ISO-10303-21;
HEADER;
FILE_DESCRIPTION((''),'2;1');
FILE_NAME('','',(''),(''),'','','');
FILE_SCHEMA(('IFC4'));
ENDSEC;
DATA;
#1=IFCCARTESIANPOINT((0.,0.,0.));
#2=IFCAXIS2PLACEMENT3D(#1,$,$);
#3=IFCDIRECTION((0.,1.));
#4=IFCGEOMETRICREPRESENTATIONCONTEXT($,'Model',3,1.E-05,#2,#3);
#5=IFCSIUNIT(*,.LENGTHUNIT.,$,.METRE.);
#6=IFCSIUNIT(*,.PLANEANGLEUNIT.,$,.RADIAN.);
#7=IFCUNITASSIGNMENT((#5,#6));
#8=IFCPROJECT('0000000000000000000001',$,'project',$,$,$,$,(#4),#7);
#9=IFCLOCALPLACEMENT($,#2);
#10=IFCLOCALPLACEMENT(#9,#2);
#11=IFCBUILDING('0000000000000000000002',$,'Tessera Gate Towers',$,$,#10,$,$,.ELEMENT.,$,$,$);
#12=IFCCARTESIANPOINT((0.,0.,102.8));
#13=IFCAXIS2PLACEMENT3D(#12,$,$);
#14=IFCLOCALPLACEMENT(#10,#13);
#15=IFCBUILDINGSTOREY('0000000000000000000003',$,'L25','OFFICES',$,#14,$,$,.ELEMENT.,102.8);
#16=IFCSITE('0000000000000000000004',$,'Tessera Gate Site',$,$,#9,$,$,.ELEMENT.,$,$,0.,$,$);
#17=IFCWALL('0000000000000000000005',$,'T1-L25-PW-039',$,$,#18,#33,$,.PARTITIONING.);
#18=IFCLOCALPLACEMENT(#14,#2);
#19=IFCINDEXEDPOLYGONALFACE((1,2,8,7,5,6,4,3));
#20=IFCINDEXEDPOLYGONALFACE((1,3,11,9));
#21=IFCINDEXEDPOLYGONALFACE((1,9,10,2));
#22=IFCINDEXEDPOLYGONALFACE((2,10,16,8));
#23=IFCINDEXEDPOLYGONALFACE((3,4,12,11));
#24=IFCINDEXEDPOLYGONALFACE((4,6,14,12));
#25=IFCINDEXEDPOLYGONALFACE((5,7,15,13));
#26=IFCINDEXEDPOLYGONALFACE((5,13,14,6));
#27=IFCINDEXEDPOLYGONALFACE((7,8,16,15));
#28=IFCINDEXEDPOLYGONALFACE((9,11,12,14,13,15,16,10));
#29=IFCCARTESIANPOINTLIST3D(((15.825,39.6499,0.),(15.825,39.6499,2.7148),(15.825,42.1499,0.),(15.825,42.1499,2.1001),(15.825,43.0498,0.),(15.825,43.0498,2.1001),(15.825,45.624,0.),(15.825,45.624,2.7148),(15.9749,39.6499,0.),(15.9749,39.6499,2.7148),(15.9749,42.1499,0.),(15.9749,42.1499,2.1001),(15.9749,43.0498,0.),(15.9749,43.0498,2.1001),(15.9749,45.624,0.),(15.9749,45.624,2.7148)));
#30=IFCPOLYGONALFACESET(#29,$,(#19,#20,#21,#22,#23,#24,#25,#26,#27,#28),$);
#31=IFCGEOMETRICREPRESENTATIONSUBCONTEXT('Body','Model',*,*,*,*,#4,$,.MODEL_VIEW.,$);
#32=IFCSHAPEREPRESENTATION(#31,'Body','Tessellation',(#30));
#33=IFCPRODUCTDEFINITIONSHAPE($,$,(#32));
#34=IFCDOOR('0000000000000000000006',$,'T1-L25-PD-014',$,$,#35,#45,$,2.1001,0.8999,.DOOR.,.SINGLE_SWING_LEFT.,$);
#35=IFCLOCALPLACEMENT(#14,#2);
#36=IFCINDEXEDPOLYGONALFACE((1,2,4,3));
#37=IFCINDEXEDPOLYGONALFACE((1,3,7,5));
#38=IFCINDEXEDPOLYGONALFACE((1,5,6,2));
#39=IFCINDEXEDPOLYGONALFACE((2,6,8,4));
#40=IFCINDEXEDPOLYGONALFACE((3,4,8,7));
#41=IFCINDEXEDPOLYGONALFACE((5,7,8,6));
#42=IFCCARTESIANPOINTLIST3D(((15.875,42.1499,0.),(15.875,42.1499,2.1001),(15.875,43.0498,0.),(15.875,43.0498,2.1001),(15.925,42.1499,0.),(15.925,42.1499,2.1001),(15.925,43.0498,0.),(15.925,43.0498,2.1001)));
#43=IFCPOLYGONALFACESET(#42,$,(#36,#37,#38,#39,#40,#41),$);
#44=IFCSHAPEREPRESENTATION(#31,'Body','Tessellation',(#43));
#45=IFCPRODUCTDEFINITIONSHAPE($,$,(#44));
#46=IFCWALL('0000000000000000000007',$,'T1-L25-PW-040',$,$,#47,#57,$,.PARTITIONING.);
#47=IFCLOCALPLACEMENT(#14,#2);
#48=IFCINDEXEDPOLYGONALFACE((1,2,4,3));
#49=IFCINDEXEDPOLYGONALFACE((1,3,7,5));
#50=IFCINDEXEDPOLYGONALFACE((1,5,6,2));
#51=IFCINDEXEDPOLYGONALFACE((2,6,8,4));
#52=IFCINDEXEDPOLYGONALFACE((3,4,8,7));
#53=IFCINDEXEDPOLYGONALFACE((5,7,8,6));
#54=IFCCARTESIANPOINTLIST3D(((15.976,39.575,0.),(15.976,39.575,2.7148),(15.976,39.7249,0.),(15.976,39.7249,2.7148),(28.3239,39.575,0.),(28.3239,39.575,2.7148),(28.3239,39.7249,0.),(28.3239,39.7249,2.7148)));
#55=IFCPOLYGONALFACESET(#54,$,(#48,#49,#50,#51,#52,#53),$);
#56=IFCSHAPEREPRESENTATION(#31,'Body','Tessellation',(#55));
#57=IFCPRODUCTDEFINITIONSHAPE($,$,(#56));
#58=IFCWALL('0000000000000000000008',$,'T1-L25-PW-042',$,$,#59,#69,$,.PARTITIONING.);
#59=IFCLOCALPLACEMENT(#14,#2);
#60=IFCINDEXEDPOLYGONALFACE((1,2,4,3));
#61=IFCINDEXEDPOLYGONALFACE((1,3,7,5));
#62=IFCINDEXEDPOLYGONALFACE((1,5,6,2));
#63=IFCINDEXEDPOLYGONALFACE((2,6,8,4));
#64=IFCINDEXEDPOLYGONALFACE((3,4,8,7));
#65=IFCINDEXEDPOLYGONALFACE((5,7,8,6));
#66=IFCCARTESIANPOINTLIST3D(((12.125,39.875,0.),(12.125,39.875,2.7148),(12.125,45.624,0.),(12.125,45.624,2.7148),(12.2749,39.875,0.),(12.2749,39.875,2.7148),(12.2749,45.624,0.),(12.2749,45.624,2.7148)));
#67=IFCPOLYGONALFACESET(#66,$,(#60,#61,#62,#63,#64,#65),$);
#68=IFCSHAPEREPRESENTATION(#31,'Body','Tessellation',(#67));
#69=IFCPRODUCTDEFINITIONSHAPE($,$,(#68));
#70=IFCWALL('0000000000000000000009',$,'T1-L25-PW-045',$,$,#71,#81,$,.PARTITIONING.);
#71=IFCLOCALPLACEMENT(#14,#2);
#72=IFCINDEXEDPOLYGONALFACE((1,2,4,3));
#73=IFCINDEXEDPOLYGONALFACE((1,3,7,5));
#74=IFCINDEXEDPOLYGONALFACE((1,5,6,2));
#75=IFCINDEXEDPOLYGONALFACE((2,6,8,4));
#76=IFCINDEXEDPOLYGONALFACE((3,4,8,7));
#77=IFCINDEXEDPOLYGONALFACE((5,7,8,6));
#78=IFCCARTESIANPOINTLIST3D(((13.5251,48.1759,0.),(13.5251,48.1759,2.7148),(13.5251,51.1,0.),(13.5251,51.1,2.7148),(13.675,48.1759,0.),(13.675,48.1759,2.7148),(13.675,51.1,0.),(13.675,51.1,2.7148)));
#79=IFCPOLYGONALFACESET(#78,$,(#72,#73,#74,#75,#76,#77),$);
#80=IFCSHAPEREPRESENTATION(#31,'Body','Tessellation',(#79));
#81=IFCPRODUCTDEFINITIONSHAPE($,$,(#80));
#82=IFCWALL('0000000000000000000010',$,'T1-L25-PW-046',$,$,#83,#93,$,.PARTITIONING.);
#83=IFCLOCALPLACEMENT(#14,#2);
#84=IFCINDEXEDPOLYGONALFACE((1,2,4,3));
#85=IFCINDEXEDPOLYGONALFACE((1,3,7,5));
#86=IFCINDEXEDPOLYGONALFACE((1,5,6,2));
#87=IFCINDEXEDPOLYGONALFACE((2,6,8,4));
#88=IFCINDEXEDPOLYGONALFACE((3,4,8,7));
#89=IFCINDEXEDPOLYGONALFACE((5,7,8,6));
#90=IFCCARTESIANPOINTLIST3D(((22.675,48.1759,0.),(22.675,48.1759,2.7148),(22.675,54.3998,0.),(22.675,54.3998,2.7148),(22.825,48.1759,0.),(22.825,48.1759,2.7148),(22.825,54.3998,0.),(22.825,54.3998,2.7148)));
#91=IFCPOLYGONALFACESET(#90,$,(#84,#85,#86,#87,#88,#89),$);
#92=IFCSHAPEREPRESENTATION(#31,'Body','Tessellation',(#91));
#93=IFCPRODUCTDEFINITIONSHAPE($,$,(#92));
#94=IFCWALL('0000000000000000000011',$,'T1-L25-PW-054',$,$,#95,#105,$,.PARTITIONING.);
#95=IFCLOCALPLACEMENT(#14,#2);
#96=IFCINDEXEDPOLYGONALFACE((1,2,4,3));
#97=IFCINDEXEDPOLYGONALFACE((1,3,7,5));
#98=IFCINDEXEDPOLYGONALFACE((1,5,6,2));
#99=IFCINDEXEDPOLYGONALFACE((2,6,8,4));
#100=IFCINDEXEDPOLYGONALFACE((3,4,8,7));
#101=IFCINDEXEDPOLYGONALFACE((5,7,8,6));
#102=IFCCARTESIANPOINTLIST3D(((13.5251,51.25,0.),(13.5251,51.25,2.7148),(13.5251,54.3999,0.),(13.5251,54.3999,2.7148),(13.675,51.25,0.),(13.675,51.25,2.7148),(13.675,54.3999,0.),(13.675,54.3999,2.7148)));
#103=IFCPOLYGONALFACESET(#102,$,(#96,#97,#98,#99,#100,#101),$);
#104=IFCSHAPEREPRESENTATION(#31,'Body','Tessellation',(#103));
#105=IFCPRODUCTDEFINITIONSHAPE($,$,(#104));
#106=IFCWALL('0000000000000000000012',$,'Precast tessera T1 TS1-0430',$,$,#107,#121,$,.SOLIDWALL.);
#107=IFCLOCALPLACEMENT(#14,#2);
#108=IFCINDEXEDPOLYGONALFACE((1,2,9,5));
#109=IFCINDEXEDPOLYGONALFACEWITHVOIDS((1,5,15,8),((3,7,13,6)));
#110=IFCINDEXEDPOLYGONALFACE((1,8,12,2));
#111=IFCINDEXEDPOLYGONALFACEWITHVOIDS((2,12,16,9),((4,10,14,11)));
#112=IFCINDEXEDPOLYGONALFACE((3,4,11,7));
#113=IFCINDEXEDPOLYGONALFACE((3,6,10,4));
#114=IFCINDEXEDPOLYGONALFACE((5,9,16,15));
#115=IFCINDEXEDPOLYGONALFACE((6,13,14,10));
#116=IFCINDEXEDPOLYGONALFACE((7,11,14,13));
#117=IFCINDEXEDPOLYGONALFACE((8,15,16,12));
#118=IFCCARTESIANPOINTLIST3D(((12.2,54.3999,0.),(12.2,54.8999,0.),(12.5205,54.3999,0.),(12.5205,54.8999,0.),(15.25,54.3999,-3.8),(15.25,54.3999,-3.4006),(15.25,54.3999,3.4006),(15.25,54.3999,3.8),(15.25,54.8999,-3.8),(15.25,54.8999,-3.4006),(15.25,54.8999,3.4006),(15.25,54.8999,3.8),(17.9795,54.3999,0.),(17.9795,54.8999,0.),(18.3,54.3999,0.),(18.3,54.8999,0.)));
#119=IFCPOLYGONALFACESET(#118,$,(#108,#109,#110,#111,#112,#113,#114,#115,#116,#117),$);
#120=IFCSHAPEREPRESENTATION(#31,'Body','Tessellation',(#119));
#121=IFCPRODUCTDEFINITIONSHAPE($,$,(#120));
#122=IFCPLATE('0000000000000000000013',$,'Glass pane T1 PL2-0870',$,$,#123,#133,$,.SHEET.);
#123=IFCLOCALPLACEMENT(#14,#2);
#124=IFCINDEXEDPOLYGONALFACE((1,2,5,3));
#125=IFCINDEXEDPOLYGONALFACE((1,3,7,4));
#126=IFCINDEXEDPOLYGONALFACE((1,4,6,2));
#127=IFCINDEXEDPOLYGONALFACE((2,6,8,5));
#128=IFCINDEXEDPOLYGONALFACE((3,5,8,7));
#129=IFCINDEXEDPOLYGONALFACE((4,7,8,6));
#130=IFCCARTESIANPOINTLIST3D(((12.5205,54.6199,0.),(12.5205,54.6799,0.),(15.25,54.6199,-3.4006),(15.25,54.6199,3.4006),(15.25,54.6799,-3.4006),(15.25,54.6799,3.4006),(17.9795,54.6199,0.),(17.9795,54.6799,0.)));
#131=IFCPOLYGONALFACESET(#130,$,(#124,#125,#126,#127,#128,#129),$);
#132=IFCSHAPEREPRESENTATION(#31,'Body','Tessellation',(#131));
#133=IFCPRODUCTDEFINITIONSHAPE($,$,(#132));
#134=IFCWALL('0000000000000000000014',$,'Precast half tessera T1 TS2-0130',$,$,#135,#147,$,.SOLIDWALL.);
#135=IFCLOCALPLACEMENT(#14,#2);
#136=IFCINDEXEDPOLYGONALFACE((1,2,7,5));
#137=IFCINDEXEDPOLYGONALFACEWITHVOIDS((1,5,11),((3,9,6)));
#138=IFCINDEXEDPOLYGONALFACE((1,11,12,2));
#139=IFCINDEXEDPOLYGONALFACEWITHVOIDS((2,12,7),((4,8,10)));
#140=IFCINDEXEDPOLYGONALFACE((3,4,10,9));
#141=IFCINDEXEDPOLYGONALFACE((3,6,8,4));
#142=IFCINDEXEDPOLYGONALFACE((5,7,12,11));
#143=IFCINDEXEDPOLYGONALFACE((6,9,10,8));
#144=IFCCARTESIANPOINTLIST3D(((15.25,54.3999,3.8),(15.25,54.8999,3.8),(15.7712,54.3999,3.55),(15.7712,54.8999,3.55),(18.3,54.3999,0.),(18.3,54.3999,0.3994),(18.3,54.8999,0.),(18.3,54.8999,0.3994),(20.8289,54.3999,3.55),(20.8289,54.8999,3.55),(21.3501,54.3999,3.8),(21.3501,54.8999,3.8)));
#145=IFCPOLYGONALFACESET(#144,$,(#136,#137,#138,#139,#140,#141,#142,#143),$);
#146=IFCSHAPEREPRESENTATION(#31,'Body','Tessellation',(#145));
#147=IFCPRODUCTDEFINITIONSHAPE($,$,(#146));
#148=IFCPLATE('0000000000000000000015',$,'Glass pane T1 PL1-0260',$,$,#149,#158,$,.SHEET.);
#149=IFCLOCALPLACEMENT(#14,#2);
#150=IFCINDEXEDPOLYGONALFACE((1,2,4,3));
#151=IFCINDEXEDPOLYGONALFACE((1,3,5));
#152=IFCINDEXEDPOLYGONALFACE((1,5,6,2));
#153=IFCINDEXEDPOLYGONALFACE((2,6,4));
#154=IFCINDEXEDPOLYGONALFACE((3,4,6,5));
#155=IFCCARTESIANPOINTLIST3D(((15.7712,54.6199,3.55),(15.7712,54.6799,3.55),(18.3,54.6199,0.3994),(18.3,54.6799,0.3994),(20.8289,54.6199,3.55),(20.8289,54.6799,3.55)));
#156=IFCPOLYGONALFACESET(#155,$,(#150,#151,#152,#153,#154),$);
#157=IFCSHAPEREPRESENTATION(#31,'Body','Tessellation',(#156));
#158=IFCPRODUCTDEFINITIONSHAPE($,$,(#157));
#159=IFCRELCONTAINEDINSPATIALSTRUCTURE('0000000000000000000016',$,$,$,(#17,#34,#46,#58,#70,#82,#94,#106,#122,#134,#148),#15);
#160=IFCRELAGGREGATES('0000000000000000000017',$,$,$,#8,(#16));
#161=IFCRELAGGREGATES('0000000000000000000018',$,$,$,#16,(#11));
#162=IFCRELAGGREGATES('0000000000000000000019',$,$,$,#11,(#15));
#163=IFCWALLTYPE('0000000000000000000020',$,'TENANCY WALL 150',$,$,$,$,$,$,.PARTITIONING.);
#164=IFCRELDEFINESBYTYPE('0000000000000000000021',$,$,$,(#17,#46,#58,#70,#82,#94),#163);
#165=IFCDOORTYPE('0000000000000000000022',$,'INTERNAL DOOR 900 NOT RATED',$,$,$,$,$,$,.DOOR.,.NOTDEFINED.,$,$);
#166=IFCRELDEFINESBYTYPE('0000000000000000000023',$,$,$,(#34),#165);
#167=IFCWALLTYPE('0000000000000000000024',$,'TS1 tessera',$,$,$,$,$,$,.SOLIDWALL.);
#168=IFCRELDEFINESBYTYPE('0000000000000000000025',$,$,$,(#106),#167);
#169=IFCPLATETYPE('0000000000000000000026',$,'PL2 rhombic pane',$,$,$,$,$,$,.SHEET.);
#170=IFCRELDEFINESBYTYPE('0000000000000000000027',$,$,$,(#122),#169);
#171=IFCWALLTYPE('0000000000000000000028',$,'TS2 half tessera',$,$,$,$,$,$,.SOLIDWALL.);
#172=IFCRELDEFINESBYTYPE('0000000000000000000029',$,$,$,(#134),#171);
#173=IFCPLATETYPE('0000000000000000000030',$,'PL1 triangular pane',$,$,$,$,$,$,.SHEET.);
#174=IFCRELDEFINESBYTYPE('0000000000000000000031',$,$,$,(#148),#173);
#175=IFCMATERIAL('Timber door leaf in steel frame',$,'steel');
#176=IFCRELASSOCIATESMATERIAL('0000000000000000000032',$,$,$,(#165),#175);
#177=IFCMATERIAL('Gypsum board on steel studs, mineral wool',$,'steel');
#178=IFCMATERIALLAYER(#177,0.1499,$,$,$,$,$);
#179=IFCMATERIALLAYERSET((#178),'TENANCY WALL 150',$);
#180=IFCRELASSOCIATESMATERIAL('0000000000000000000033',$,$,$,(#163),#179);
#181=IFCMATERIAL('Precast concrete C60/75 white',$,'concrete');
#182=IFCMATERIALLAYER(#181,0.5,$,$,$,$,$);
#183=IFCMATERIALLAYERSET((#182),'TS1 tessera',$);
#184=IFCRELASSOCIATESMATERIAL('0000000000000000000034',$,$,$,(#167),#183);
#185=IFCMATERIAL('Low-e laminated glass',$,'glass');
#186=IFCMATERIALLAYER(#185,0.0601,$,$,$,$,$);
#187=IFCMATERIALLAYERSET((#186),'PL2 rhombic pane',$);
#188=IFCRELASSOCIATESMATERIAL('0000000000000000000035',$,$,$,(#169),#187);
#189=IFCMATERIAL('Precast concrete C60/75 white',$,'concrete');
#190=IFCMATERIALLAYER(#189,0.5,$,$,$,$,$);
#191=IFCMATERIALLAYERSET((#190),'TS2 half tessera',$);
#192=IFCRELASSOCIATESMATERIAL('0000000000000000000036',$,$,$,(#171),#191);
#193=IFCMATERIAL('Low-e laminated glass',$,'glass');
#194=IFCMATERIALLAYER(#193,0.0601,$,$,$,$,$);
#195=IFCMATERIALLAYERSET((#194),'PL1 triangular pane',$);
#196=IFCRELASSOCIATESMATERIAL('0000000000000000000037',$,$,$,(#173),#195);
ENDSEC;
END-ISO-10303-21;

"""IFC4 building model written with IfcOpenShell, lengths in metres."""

from ifc_helpers import new_model, si_unit, direction, frame, frame_2d, origin, place, context, subcontext, project, spatial, polyline, rectangle, outline, extrude, source, transform, mapped, material, layer, layer_set, type_object, element, fill, save


model = new_model("IFC4")

# Units and contexts
model_context = context("Model", 3, precision=1e-05, world=origin(), true_north=direction((0.0, 1.0)))
body_context = subcontext(model_context, "Body", "Model", "MODEL_VIEW")
ifc_project = project(units=[si_unit("LENGTHUNIT", "METRE"), si_unit("PLANEANGLEUNIT", "RADIAN")], contexts=[model_context])

# Site, building, storey
site_placement = place(None, origin())
site = spatial("IfcSite", under=ifc_project, at=site_placement, Name="Tessera Gate Site", CompositionType="ELEMENT", RefElevation=0.0)
building_placement = place(site_placement, origin())
building = spatial("IfcBuilding", under=site, at=building_placement, Name="Tessera Gate Towers", CompositionType="ELEMENT")
storey_placement = place(building_placement, frame((0.0, 0.0, 102.8)))
storey = spatial("IfcBuildingStorey", under=building, at=storey_placement, Name="L25", Description="OFFICES", CompositionType="ELEMENT", Elevation=102.8)

# Shared definitions
ifc_material_1 = material(Name="Timber door leaf in steel frame", Category="steel")
door_type = type_object("IfcDoorType", Name="INTERNAL DOOR 900 NOT RATED", OperationType="NOTDEFINED", PredefinedType="DOOR", material=ifc_material_1)
shared_shape_1 = source(origin(), body_context, "Body", "SweptSolid", [
    extrude(rectangle(XDim=0.8999, YDim=2.1001, at=frame_2d((0.45, 1.05))), frame((0.0, 0.0249, 0.0), z_axis=(0.0, -1.0, 0.0), x_axis=(1.0, 0.0, 0.0)), (0.0, 0.0, 1.0), 0.05),
])

# Shared definitions
ifc_material_2 = material(Name="Gypsum board on steel studs, mineral wool", Category="steel")
ifc_layer_1 = layer(ifc_material_2, 0.1499)
ifc_layer_set_1 = layer_set([ifc_layer_1], Name="TENANCY WALL 150")
wall_type_1 = type_object("IfcWallType", Name="TENANCY WALL 150", PredefinedType="PARTITIONING", material=ifc_layer_set_1)

# Wall, opening, door
wall_1_placement = place(storey_placement, frame((15.8999, 39.6499, 0.0), z_axis=(0.0, 0.0, 1.0), x_axis=(0.0, 1.0, 0.0)))
wall_1 = element("IfcWall", 1, at=wall_1_placement, inside=storey, type_object=wall_type_1, Name="T1-L25-PW-039", PredefinedType="PARTITIONING", context=body_context, shape_type="SweptSolid", body=[
    extrude(rectangle(XDim=5.9741, YDim=0.1499, at=frame_2d((2.9871, 0.0))), origin(), (0.0, 0.0, 1.0), 2.7148),
])
shared_shape_2 = source(origin(), body_context, "Body", "SweptSolid", [
    extrude(rectangle(XDim=0.8999, YDim=2.1001, at=frame_2d((0.45, 1.05))), frame((0.0, 0.085, 0.0), z_axis=(0.0, -1.0, 0.0), x_axis=(1.0, 0.0, 0.0)), (0.0, 0.0, 1.0), 0.1699),
])
opening_1_placement = place(wall_1_placement, frame((2.5, 0.0, 0.0)))
opening_1 = element("IfcOpeningElement", 2, at=opening_1_placement, cuts=wall_1, PredefinedType="OPENING", context=body_context, shape_type="MappedRepresentation", body=[
    mapped(shared_shape_2, transform((0.0, 0.0, 0.0), scale=1.0)),
])
door_1_placement = place(opening_1_placement, origin())
door_1 = element("IfcDoor", 3, at=door_1_placement, inside=storey, type_object=door_type, Name="T1-L25-PD-014", OperationType="SINGLE_SWING_LEFT", OverallHeight=2.1001, OverallWidth=0.8999, PredefinedType="DOOR", context=body_context, shape_type="MappedRepresentation", body=[
    mapped(shared_shape_1, transform((0.0, 0.0, 0.0), scale=1.0)),
])
fill(opening_1, door_1)

# Walls
wall_2_placement = place(storey_placement, frame((15.9761, 39.6499, 0.0), z_axis=(0.0, 0.0, 1.0), x_axis=(1.0, 0.0, 0.0)))
element("IfcWall", 4, at=wall_2_placement, inside=storey, type_object=wall_type_1, Name="T1-L25-PW-040", PredefinedType="PARTITIONING", context=body_context, shape_type="SweptSolid", body=[
    extrude(rectangle(XDim=12.3479, YDim=0.1499, at=frame_2d((6.1738, 0.0))), origin(), (0.0, 0.0, 1.0), 2.7148),
])
wall_3_placement = place(storey_placement, frame((12.2, 39.875, 0.0), z_axis=(0.0, 0.0, 1.0), x_axis=(0.0, 1.0, 0.0)))
element("IfcWall", 5, at=wall_3_placement, inside=storey, type_object=wall_type_1, Name="T1-L25-PW-042", PredefinedType="PARTITIONING", context=body_context, shape_type="SweptSolid", body=[
    extrude(rectangle(XDim=5.749, YDim=0.1499, at=frame_2d((2.8745, 0.0))), origin(), (0.0, 0.0, 1.0), 2.7148),
])
wall_4_placement = place(storey_placement, frame((13.6001, 48.176, 0.0), z_axis=(0.0, 0.0, 1.0), x_axis=(0.0, 1.0, 0.0)))
element("IfcWall", 6, at=wall_4_placement, inside=storey, type_object=wall_type_1, Name="T1-L25-PW-045", PredefinedType="PARTITIONING", context=body_context, shape_type="SweptSolid", body=[
    extrude(rectangle(XDim=2.9241, YDim=0.1499, at=frame_2d((1.4619, 0.0))), origin(), (0.0, 0.0, 1.0), 2.7148),
])
wall_5_placement = place(storey_placement, frame((22.75, 48.176, 0.0), z_axis=(0.0, 0.0, 1.0), x_axis=(0.0, 1.0, 0.0)))
element("IfcWall", 7, at=wall_5_placement, inside=storey, type_object=wall_type_1, Name="T1-L25-PW-046", PredefinedType="PARTITIONING", context=body_context, shape_type="SweptSolid", body=[
    extrude(rectangle(XDim=6.2239, YDim=0.1499, at=frame_2d((3.1118, 0.0))), origin(), (0.0, 0.0, 1.0), 2.7148),
])
wall_6_placement = place(storey_placement, frame((13.6001, 51.25, 0.0), z_axis=(0.0, 0.0, 1.0), x_axis=(0.0, 1.0, 0.0)))
element("IfcWall", 8, at=wall_6_placement, inside=storey, type_object=wall_type_1, Name="T1-L25-PW-054", PredefinedType="PARTITIONING", context=body_context, shape_type="SweptSolid", body=[
    extrude(rectangle(XDim=3.1499, YDim=0.1499, at=frame_2d((1.575, 0.0))), origin(), (0.0, 0.0, 1.0), 2.7148),
])

# Walls, openings, plates
ifc_material_3 = material(Name="Precast concrete C60/75 white", Category="concrete")
ifc_layer_2 = layer(ifc_material_3, 0.5)
ifc_layer_set_2 = layer_set([ifc_layer_2], Name="TS1 tessera")
wall_type_2 = type_object("IfcWallType", Name="TS1 tessera", PredefinedType="SOLIDWALL", material=ifc_layer_set_2)
shared_shape_3 = source(origin(), body_context, "Body", "SweptSolid", [
    extrude(outline(polyline([(3.05, 0.0), (6.1001, 3.8), (3.05, 7.6001), (0.0, 3.8), (3.05, 0.0)])), frame((0.0, 0.25, 0.0), z_axis=(0.0, -1.0, 0.0), x_axis=(1.0, 0.0, 0.0)), (0.0, 0.0, 1.0), 0.5),
])
wall_7_placement = place(storey_placement, frame((18.3, 54.6499, -3.8), z_axis=(0.0, 0.0, 1.0), x_axis=(-1.0, 0.0, 0.0)))
wall_7 = element("IfcWall", 9, at=wall_7_placement, inside=storey, type_object=wall_type_2, Name="Precast tessera T1 TS1-0430", PredefinedType="SOLIDWALL", context=body_context, shape_type="MappedRepresentation", body=[
    mapped(shared_shape_3, transform((0.0, 0.0, 0.0), scale=1.0)),
])
shared_shape_4 = source(origin(), body_context, "Body", "SweptSolid", [
    extrude(outline(polyline([(3.05, 0.3994), (5.7795, 3.8), (3.05, 7.2007), (0.3206, 3.8), (3.05, 0.3994)])), frame((0.0, 0.26, 0.0), z_axis=(0.0, -1.0, 0.0), x_axis=(1.0, 0.0, 0.0)), (0.0, 0.0, 1.0), 0.52),
])
opening_2_placement = place(wall_7_placement, origin())
opening_2 = element("IfcOpeningElement", 10, at=opening_2_placement, cuts=wall_7, PredefinedType="OPENING", context=body_context, shape_type="MappedRepresentation", body=[
    mapped(shared_shape_4, transform((0.0, 0.0, 0.0), scale=1.0)),
])
ifc_material_4 = material(Name="Low-e laminated glass", Category="glass")
ifc_layer_3 = layer(ifc_material_4, 0.0601)
ifc_layer_set_3 = layer_set([ifc_layer_3], Name="PL2 rhombic pane")
plate_type_1 = type_object("IfcPlateType", Name="PL2 rhombic pane", PredefinedType="SHEET", material=ifc_layer_set_3)
shared_shape_5 = source(origin(), body_context, "Body", "SweptSolid", [
    extrude(outline(polyline([(3.05, 0.3994), (5.7795, 3.8), (3.05, 7.2007), (0.3206, 3.8), (3.05, 0.3994)])), frame((0.0, 0.03, 0.0), z_axis=(0.0, -1.0, 0.0), x_axis=(1.0, 0.0, 0.0)), (0.0, 0.0, 1.0), 0.0601),
])
plate_1_placement = place(opening_2_placement, origin())
plate_1 = element("IfcPlate", 11, at=plate_1_placement, inside=storey, type_object=plate_type_1, Name="Glass pane T1 PL2-0870", PredefinedType="SHEET", context=body_context, shape_type="MappedRepresentation", body=[
    mapped(shared_shape_5, transform((0.0, 0.0, 0.0), scale=1.0)),
])
fill(opening_2, plate_1)
ifc_material_5 = material(Name="Precast concrete C60/75 white", Category="concrete")
ifc_layer_4 = layer(ifc_material_5, 0.5)
ifc_layer_set_4 = layer_set([ifc_layer_4], Name="TS2 half tessera")
wall_type_3 = type_object("IfcWallType", Name="TS2 half tessera", PredefinedType="SOLIDWALL", material=ifc_layer_set_4)
shared_shape_6 = source(origin(), body_context, "Body", "SweptSolid", [
    extrude(outline(polyline([(3.05, 0.0), (6.1001, 3.8), (0.0, 3.8), (3.05, 0.0)])), frame((0.0, 0.25, 0.0), z_axis=(0.0, -1.0, 0.0), x_axis=(1.0, 0.0, 0.0)), (0.0, 0.0, 1.0), 0.5),
])
wall_8_placement = place(storey_placement, frame((21.3501, 54.6499, 0.0), z_axis=(0.0, 0.0, 1.0), x_axis=(-1.0, 0.0, 0.0)))
wall_8 = element("IfcWall", 12, at=wall_8_placement, inside=storey, type_object=wall_type_3, Name="Precast half tessera T1 TS2-0130", PredefinedType="SOLIDWALL", context=body_context, shape_type="MappedRepresentation", body=[
    mapped(shared_shape_6, transform((0.0, 0.0, 0.0), scale=1.0)),
])
shared_shape_7 = source(origin(), body_context, "Body", "SweptSolid", [
    extrude(outline(polyline([(3.05, 0.3994), (5.5789, 3.55), (0.5212, 3.55), (3.05, 0.3994)])), frame((0.0, 0.26, 0.0), z_axis=(0.0, -1.0, 0.0), x_axis=(1.0, 0.0, 0.0)), (0.0, 0.0, 1.0), 0.52),
])
opening_3_placement = place(wall_8_placement, origin())
opening_3 = element("IfcOpeningElement", 13, at=opening_3_placement, cuts=wall_8, PredefinedType="OPENING", context=body_context, shape_type="MappedRepresentation", body=[
    mapped(shared_shape_7, transform((0.0, 0.0, 0.0), scale=1.0)),
])
ifc_material_6 = material(Name="Low-e laminated glass", Category="glass")
ifc_layer_5 = layer(ifc_material_6, 0.0601)
ifc_layer_set_5 = layer_set([ifc_layer_5], Name="PL1 triangular pane")
plate_type_2 = type_object("IfcPlateType", Name="PL1 triangular pane", PredefinedType="SHEET", material=ifc_layer_set_5)
shared_shape_8 = source(origin(), body_context, "Body", "SweptSolid", [
    extrude(outline(polyline([(3.05, 0.3994), (5.5789, 3.55), (0.5212, 3.55), (3.05, 0.3994)])), frame((0.0, 0.03, 0.0), z_axis=(0.0, -1.0, 0.0), x_axis=(1.0, 0.0, 0.0)), (0.0, 0.0, 1.0), 0.0601),
])
plate_2_placement = place(opening_3_placement, origin())
plate_2 = element("IfcPlate", 14, at=plate_2_placement, inside=storey, type_object=plate_type_2, Name="Glass pane T1 PL1-0260", PredefinedType="SHEET", context=body_context, shape_type="MappedRepresentation", body=[
    mapped(shared_shape_8, transform((0.0, 0.0, 0.0), scale=1.0)),
])
fill(opening_3, plate_2)

save(model, "model.ifc")
